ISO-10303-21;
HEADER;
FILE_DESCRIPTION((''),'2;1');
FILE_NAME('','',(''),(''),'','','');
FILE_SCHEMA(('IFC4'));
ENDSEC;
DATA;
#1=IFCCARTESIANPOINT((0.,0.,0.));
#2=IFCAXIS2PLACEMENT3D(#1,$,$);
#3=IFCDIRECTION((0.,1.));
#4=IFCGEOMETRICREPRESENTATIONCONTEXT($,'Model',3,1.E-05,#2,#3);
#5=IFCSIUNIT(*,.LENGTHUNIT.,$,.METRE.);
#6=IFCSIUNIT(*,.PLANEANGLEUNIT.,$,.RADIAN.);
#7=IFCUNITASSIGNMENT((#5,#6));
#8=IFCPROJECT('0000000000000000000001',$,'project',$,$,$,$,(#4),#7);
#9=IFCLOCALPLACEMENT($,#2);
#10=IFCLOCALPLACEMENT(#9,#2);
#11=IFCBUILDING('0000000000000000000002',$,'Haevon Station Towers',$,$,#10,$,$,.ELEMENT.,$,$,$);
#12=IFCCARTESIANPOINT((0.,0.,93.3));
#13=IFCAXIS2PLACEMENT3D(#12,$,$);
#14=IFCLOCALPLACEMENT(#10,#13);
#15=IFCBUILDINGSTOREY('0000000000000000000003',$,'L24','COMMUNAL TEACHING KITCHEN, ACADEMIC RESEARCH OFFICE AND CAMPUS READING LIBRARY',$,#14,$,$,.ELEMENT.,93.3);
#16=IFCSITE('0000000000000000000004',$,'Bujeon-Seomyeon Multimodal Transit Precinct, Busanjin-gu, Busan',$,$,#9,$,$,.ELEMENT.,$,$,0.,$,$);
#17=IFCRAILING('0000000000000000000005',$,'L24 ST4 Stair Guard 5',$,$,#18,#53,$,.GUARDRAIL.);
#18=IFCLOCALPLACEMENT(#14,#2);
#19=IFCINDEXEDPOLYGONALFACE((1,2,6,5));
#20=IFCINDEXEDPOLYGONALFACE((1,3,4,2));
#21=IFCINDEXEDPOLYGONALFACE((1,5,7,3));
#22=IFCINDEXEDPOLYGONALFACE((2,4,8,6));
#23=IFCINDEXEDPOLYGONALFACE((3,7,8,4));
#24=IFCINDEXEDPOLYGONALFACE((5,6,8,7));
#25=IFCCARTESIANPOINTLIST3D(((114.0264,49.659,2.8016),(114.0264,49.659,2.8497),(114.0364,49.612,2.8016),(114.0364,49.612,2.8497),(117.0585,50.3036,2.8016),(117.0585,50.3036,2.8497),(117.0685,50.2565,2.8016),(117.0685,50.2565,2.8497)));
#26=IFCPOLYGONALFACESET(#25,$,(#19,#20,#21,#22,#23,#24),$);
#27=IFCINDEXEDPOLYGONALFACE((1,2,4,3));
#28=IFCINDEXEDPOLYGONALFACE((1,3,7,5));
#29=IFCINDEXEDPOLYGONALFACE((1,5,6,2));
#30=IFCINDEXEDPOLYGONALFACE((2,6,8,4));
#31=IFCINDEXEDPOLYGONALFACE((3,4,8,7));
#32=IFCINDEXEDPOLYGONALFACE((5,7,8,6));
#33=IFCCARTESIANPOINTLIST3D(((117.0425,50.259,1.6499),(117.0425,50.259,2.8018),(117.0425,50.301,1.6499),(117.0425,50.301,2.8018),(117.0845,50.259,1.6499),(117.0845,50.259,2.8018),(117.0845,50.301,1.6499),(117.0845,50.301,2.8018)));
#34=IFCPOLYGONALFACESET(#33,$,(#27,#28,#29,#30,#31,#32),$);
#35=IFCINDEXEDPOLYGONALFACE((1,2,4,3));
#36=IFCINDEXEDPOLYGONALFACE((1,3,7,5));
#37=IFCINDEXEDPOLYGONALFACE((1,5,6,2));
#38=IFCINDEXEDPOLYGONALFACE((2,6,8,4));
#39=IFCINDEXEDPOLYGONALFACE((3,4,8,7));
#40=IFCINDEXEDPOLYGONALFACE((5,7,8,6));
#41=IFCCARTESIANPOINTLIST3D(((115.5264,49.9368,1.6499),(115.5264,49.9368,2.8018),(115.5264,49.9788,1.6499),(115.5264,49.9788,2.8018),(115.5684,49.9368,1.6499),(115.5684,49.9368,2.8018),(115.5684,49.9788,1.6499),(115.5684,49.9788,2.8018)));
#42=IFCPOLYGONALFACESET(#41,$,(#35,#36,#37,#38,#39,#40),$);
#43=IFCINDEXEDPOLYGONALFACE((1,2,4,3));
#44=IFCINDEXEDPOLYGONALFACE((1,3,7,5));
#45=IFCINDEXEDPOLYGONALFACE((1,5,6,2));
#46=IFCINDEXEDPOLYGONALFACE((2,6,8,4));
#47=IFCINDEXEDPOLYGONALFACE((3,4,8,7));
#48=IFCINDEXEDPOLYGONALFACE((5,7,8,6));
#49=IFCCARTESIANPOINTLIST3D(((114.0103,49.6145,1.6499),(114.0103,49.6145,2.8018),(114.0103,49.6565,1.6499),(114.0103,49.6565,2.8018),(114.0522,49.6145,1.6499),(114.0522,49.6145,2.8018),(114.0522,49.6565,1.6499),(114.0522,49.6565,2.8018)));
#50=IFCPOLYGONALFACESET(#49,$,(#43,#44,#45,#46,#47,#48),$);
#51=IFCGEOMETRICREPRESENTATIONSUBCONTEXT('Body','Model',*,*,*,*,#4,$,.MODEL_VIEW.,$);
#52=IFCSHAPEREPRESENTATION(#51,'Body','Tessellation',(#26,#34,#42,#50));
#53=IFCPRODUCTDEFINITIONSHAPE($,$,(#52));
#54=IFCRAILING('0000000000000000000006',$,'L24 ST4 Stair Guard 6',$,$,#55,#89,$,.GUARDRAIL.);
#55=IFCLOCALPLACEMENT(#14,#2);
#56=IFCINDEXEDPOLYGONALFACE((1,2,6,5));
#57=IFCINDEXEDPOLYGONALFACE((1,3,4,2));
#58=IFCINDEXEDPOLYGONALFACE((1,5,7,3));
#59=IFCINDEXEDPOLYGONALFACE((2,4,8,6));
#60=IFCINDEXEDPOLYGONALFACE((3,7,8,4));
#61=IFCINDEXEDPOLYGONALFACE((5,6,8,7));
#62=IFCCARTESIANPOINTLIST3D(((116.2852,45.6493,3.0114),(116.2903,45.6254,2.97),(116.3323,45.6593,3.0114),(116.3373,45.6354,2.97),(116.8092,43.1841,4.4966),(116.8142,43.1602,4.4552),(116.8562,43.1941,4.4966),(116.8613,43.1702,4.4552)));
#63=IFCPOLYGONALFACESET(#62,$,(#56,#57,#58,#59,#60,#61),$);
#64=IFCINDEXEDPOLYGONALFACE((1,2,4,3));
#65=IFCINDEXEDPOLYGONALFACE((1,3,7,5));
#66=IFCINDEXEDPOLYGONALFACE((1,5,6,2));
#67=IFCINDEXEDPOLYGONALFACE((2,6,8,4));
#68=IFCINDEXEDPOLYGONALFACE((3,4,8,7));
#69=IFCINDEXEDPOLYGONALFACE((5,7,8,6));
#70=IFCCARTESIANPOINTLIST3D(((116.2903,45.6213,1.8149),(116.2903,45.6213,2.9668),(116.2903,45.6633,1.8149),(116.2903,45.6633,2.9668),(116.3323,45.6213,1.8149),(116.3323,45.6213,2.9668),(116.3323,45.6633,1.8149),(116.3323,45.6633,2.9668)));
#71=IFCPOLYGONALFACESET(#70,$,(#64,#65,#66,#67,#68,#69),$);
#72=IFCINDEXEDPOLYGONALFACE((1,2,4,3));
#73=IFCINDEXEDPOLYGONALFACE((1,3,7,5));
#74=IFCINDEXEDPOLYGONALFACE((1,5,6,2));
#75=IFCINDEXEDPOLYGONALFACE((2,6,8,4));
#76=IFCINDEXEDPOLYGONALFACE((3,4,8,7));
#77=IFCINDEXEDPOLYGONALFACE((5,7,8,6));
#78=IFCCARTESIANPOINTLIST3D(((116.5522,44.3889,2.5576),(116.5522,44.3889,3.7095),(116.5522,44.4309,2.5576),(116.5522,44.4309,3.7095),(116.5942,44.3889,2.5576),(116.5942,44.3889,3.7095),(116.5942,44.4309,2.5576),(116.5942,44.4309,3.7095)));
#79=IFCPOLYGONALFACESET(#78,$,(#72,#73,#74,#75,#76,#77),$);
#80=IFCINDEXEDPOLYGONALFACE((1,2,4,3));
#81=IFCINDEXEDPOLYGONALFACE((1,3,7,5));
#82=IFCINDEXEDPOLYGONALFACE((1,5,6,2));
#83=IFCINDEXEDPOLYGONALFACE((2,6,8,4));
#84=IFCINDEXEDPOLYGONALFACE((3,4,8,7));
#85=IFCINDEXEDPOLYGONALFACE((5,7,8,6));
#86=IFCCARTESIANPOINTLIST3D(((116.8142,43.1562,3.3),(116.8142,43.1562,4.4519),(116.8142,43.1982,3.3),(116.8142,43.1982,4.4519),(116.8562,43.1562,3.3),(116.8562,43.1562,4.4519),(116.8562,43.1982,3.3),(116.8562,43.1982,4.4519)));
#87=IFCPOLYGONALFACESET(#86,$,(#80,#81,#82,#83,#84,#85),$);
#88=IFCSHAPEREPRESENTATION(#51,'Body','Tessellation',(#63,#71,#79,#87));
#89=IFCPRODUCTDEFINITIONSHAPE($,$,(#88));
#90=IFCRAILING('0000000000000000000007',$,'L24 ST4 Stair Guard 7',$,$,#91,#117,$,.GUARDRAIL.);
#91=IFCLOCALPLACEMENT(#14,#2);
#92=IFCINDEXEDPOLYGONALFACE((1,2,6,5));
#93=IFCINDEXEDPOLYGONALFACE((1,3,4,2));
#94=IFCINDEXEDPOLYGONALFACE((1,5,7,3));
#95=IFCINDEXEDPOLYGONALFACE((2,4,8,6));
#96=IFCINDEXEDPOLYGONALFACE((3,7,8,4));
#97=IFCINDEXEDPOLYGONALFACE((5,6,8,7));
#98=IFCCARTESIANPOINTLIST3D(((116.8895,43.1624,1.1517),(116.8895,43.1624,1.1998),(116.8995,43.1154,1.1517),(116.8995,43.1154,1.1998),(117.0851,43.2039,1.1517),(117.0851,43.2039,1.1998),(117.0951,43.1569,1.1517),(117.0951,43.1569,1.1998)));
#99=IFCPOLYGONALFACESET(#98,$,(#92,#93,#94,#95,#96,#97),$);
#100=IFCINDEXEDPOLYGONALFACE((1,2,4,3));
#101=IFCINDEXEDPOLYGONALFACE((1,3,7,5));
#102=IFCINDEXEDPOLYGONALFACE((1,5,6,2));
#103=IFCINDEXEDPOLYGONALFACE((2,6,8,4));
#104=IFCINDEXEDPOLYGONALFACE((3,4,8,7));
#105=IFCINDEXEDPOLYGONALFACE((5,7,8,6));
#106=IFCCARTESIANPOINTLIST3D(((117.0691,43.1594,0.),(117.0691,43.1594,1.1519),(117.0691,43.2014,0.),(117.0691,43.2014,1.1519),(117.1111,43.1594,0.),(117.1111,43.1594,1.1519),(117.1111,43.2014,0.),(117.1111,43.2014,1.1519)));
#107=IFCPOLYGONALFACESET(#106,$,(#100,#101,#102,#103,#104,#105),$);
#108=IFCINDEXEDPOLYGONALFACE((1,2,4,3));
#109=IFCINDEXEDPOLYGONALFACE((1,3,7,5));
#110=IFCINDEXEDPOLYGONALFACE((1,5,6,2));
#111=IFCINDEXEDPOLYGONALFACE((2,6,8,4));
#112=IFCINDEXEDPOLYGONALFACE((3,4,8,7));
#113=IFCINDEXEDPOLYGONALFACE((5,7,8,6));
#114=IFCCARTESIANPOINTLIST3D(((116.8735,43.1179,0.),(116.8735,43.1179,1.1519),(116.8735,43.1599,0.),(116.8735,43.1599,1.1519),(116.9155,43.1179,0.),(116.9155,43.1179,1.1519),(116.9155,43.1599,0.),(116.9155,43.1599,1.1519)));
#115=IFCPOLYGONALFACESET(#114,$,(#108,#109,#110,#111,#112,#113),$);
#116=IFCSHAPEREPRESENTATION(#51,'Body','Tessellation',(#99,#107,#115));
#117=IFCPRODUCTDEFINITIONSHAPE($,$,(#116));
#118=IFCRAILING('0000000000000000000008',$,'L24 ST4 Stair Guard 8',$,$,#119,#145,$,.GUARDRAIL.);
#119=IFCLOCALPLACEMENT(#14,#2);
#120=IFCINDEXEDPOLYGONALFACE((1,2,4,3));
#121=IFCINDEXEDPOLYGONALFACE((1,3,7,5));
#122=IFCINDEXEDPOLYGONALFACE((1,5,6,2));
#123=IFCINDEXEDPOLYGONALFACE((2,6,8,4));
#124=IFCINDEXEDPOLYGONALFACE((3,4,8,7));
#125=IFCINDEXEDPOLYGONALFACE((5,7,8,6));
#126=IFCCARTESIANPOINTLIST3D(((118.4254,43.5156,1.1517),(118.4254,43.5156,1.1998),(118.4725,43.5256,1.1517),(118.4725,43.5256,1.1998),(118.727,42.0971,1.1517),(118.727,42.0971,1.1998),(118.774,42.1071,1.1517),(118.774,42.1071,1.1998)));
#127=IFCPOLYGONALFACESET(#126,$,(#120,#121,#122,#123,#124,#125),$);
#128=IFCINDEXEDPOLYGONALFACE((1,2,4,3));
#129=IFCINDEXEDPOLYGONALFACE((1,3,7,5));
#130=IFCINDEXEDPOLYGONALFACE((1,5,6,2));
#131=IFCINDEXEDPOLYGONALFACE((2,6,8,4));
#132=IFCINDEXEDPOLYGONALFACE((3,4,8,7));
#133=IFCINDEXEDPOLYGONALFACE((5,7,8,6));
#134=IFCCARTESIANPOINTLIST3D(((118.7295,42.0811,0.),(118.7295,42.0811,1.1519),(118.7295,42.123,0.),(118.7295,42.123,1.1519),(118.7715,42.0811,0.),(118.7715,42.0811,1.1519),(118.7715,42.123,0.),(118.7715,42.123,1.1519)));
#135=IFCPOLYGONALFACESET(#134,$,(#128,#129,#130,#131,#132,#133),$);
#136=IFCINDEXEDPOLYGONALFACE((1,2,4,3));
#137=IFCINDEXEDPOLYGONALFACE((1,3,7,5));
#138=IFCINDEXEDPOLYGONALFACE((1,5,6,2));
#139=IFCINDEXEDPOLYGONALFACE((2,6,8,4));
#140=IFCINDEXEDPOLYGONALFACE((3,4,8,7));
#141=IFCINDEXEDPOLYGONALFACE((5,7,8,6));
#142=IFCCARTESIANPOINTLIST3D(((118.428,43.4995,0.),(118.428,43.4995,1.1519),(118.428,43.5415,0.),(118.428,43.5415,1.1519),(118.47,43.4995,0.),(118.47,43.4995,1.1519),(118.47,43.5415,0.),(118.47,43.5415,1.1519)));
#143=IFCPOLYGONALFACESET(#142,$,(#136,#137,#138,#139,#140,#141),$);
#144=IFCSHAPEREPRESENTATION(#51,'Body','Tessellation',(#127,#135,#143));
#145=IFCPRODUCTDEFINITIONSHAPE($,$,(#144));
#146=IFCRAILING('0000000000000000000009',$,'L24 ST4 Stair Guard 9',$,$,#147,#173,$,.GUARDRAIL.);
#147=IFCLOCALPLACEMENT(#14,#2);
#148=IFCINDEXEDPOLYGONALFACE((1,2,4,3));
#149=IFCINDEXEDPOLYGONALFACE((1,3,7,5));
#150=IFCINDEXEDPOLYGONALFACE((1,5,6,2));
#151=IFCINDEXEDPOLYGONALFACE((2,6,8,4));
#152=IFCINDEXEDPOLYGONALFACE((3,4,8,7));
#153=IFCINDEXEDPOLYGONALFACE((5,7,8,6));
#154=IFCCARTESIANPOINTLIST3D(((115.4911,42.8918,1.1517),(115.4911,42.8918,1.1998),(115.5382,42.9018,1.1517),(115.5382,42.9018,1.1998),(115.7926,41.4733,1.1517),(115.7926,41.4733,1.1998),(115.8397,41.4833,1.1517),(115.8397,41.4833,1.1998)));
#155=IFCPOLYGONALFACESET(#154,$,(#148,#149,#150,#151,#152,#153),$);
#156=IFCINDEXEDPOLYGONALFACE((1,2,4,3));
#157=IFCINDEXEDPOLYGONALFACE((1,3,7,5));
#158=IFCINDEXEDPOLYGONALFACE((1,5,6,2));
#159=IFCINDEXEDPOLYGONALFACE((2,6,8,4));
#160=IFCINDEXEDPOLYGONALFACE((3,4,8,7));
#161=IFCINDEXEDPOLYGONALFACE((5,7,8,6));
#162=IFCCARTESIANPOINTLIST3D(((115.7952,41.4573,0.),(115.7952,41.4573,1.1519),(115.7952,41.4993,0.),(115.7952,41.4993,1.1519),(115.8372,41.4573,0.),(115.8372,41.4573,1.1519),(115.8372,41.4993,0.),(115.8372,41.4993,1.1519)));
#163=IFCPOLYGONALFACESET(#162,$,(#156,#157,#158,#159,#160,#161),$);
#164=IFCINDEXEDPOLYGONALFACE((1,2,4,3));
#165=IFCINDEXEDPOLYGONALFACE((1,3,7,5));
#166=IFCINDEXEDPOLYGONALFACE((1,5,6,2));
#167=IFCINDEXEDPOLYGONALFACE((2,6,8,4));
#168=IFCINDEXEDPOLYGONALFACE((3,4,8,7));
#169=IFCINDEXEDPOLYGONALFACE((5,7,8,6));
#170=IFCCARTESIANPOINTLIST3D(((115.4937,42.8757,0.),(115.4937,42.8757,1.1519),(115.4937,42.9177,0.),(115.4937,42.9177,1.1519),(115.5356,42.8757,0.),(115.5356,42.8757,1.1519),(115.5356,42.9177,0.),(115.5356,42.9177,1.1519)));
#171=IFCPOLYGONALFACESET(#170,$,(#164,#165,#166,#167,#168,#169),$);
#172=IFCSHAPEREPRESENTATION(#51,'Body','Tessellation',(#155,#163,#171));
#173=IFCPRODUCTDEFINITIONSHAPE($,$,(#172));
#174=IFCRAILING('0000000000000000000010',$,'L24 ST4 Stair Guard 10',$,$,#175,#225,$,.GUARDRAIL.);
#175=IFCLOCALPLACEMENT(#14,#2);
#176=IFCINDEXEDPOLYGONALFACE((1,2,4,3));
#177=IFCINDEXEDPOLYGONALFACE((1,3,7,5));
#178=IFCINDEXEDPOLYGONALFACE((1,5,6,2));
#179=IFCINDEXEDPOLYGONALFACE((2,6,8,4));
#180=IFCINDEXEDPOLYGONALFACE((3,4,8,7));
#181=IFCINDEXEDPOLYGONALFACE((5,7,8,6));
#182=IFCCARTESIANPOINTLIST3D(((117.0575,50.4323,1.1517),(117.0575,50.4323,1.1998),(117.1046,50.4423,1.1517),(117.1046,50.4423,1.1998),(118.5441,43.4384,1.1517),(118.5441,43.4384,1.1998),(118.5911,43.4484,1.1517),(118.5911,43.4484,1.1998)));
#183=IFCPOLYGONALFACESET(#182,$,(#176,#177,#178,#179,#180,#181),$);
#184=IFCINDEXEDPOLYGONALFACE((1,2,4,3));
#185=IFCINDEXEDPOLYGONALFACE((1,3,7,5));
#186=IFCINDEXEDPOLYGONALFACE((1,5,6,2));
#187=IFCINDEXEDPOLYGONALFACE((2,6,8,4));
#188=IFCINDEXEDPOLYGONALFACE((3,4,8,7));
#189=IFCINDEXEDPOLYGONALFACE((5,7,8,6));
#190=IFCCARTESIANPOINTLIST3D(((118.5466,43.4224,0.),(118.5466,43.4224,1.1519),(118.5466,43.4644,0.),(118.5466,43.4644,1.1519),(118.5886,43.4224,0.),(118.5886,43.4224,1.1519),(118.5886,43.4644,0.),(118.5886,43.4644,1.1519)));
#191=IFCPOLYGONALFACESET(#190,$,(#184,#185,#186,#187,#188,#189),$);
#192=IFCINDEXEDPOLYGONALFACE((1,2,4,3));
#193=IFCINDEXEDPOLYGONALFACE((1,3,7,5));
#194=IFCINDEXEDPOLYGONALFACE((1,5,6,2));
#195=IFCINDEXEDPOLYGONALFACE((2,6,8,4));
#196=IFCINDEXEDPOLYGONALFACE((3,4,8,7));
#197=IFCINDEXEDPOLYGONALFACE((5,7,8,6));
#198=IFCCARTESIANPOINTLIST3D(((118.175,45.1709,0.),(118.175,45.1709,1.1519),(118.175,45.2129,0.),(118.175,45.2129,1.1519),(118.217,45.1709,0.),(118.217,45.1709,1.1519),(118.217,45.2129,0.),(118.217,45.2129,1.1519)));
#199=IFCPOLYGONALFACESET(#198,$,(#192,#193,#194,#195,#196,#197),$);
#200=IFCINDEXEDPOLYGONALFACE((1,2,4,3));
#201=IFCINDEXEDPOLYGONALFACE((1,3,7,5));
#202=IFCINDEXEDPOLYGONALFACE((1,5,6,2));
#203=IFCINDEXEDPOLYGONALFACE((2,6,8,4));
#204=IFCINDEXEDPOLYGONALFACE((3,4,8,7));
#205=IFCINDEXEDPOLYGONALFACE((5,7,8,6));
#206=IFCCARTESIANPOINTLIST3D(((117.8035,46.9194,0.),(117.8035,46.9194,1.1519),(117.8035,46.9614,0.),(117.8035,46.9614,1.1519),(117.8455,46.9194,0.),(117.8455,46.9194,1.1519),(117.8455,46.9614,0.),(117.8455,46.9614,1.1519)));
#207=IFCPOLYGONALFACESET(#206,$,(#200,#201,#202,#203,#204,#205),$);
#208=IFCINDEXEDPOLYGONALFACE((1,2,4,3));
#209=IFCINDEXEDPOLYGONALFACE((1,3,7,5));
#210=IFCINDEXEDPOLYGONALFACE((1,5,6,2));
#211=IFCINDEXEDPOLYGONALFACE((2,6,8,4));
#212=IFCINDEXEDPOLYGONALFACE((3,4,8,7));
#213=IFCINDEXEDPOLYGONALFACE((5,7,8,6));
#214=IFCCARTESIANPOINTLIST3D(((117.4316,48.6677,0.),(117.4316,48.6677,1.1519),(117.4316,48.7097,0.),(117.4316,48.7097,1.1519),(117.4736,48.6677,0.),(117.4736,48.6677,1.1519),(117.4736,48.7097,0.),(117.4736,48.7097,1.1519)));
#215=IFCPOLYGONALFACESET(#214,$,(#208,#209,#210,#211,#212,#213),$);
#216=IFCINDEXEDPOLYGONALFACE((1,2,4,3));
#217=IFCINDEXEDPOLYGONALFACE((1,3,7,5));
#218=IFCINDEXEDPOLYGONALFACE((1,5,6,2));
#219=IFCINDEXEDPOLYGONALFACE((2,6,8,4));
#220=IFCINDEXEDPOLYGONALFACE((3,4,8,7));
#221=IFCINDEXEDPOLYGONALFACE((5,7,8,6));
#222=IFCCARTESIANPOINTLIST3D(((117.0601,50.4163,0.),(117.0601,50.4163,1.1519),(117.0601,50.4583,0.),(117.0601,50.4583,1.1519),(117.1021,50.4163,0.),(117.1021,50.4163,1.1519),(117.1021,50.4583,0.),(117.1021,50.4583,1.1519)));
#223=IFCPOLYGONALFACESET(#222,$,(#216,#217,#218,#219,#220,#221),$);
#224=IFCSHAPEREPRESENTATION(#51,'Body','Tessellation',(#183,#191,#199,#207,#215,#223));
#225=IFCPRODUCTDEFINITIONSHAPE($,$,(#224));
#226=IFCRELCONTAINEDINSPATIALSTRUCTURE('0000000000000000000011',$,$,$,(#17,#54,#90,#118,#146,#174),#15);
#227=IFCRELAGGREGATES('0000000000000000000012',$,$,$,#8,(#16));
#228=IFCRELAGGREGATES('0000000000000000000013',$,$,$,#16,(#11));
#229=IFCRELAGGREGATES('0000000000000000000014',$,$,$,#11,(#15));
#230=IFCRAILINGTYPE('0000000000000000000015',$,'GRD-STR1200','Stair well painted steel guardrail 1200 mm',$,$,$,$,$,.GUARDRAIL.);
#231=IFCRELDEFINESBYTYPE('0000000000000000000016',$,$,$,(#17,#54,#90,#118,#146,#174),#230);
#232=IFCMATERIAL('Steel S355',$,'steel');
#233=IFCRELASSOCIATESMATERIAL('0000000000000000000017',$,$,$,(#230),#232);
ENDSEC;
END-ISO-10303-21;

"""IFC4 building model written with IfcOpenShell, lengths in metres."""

from ifc_helpers import new_model, si_unit, direction, frame, origin, origin_2d, place, context, subcontext, project, spatial, rectangle, extrude, material, type_object, element, save


model = new_model("IFC4")

# Units and contexts
model_context = context("Model", 3, precision=1e-05, world=origin(), true_north=direction((0.0, 1.0)))
body_context = subcontext(model_context, "Body", "Model", "MODEL_VIEW")
ifc_project = project(units=[si_unit("LENGTHUNIT", "METRE"), si_unit("PLANEANGLEUNIT", "RADIAN")], contexts=[model_context])

# Site, building, storey
site_placement = place(None, origin())
site = spatial("IfcSite", under=ifc_project, at=site_placement, Name="Bujeon-Seomyeon Multimodal Transit Precinct, Busanjin-gu, Busan", CompositionType="ELEMENT", RefElevation=0.0)
building_placement = place(site_placement, origin())
building = spatial("IfcBuilding", under=site, at=building_placement, Name="Haevon Station Towers", CompositionType="ELEMENT")
storey_placement = place(building_placement, frame((0.0, 0.0, 93.3)))
storey = spatial("IfcBuildingStorey", under=building, at=storey_placement, Name="L24", Description="COMMUNAL TEACHING KITCHEN, ACADEMIC RESEARCH OFFICE AND CAMPUS READING LIBRARY", CompositionType="ELEMENT", Elevation=93.3)

# Shared definitions
ifc_material_1 = material(Name="Steel S355", Category="steel")

# Railings
railing_type_1 = type_object("IfcRailingType", Name="GRD-STR1200", Description="Stair well painted steel guardrail 1200 mm", PredefinedType="GUARDRAIL", material=ifc_material_1)
railing_1_placement = place(storey_placement, frame((117.0635, 50.28, 1.6499)))
element("IfcRailing", 1, at=railing_1_placement, inside=storey, type_object=railing_type_1, Name="L24 ST4 Stair Guard 5", PredefinedType="GUARDRAIL", context=body_context, shape_type="SweptSolid", body=[
    extrude(rectangle(XDim=0.0481, YDim=0.0481, at=origin_2d()), frame((0.0, 0.0, 1.1758), z_axis=(-0.978147, -0.207915, 0.0), x_axis=(0.207915, -0.978147, 0.0)), (0.0, 0.0, 1.0), 3.0999),
    extrude(rectangle(XDim=0.042, YDim=0.042, at=origin_2d()), origin(), (0.0, 0.0, 1.0), 1.1519),
    extrude(rectangle(XDim=0.042, YDim=0.042, at=origin_2d()), frame((-1.5161, -0.3223, 0.0)), (0.0, 0.0, 1.0), 1.1519),
    extrude(rectangle(XDim=0.042, YDim=0.042, at=origin_2d()), frame((-3.0322, -0.6445, 0.0)), (0.0, 0.0, 1.0), 1.1519),
])
railing_2_placement = place(storey_placement, frame((116.3113, 45.6423, 1.8149)))
element("IfcRailing", 2, at=railing_2_placement, inside=storey, type_object=railing_type_1, Name="L24 ST4 Stair Guard 6", PredefinedType="GUARDRAIL", context=body_context, shape_type="SweptSolid", body=[
    extrude(rectangle(XDim=0.0481, YDim=0.0481, at=origin_2d()), frame((0.0, 0.0, 1.1758), z_axis=(0.179109, -0.842712, 0.507697), x_axis=(0.978151, 0.207895, 0.0)), (0.0, 0.0, 1.0), 2.9253),
    extrude(rectangle(XDim=0.042, YDim=0.042, at=origin_2d()), origin(), (0.0, 0.0, 1.0), 1.1519),
    extrude(rectangle(XDim=0.042, YDim=0.042, at=origin_2d()), frame((0.262, -1.2324, 0.7427)), (0.0, 0.0, 1.0), 1.1519),
    extrude(rectangle(XDim=0.042, YDim=0.042, at=origin_2d()), frame((0.5239, -2.4651, 1.4851)), (0.0, 0.0, 1.0), 1.1519),
])
railing_3_placement = place(storey_placement, frame((117.0901, 43.1804, 0.0)))
element("IfcRailing", 3, at=railing_3_placement, inside=storey, type_object=railing_type_1, Name="L24 ST4 Stair Guard 7", PredefinedType="GUARDRAIL", context=body_context, shape_type="SweptSolid", body=[
    extrude(rectangle(XDim=0.0481, YDim=0.0481, at=origin_2d()), frame((0.0, 0.0, 1.1758), z_axis=(-0.978212, -0.20761, 0.0), x_axis=(0.20761, -0.978212, 0.0)), (0.0, 0.0, 1.0), 0.2),
    extrude(rectangle(XDim=0.042, YDim=0.042, at=origin_2d()), origin(), (0.0, 0.0, 1.0), 1.1519),
    extrude(rectangle(XDim=0.042, YDim=0.042, at=origin_2d()), frame((-0.1956, -0.0415, 0.0)), (0.0, 0.0, 1.0), 1.1519),
])
for number, where, name in (
    (4, (118.7505, 42.1021, 0.0), "L24 ST4 Stair Guard 8"),
    (5, (115.8162, 41.4783, 0.0), "L24 ST4 Stair Guard 9"),
):
    element("IfcRailing", number, at=place(storey_placement, frame(where)), inside=storey, type_object=railing_type_1, Name=name, PredefinedType="GUARDRAIL", context=body_context, shape_type="SweptSolid", body=[
        extrude(rectangle(XDim=0.0481, YDim=0.0481, at=origin_2d()), frame((0.0, 0.0, 1.1758), z_axis=(-0.207919, 0.978146, 0.0), x_axis=(-0.978146, -0.207919, 0.0)), (0.0, 0.0, 1.0), 1.4502),
        extrude(rectangle(XDim=0.042, YDim=0.042, at=origin_2d()), origin(), (0.0, 0.0, 1.0), 1.1519),
        extrude(rectangle(XDim=0.042, YDim=0.042, at=origin_2d()), frame((-0.3015, 1.4185, 0.0)), (0.0, 0.0, 1.0), 1.1519),
    ])
railing_4_placement = place(storey_placement, frame((118.5676, 43.4434, 0.0)))
element("IfcRailing", 6, at=railing_4_placement, inside=storey, type_object=railing_type_1, Name="L24 ST4 Stair Guard 10", PredefinedType="GUARDRAIL", context=body_context, shape_type="SweptSolid", body=[
    extrude(rectangle(XDim=0.0481, YDim=0.0481, at=origin_2d()), frame((0.0, 0.0, 1.1758), z_axis=(-0.207908, 0.978148, 0.0), x_axis=(-0.978148, -0.207908, 0.0)), (0.0, 0.0, 1.0), 7.1501),
    extrude(rectangle(XDim=0.042, YDim=0.042, at=origin_2d()), origin(), (0.0, 0.0, 1.0), 1.1519),
    extrude(rectangle(XDim=0.042, YDim=0.042, at=origin_2d()), frame((-0.3716, 1.7485, 0.0)), (0.0, 0.0, 1.0), 1.1519),
    extrude(rectangle(XDim=0.042, YDim=0.042, at=origin_2d()), frame((-0.7432, 3.4971, 0.0)), (0.0, 0.0, 1.0), 1.1519),
    extrude(rectangle(XDim=0.042, YDim=0.042, at=origin_2d()), frame((-1.115, 5.2454, 0.0)), (0.0, 0.0, 1.0), 1.1519),
    extrude(rectangle(XDim=0.042, YDim=0.042, at=origin_2d()), frame((-1.4866, 6.9939, 0.0)), (0.0, 0.0, 1.0), 1.1519),
])

save(model, "model.ifc")
